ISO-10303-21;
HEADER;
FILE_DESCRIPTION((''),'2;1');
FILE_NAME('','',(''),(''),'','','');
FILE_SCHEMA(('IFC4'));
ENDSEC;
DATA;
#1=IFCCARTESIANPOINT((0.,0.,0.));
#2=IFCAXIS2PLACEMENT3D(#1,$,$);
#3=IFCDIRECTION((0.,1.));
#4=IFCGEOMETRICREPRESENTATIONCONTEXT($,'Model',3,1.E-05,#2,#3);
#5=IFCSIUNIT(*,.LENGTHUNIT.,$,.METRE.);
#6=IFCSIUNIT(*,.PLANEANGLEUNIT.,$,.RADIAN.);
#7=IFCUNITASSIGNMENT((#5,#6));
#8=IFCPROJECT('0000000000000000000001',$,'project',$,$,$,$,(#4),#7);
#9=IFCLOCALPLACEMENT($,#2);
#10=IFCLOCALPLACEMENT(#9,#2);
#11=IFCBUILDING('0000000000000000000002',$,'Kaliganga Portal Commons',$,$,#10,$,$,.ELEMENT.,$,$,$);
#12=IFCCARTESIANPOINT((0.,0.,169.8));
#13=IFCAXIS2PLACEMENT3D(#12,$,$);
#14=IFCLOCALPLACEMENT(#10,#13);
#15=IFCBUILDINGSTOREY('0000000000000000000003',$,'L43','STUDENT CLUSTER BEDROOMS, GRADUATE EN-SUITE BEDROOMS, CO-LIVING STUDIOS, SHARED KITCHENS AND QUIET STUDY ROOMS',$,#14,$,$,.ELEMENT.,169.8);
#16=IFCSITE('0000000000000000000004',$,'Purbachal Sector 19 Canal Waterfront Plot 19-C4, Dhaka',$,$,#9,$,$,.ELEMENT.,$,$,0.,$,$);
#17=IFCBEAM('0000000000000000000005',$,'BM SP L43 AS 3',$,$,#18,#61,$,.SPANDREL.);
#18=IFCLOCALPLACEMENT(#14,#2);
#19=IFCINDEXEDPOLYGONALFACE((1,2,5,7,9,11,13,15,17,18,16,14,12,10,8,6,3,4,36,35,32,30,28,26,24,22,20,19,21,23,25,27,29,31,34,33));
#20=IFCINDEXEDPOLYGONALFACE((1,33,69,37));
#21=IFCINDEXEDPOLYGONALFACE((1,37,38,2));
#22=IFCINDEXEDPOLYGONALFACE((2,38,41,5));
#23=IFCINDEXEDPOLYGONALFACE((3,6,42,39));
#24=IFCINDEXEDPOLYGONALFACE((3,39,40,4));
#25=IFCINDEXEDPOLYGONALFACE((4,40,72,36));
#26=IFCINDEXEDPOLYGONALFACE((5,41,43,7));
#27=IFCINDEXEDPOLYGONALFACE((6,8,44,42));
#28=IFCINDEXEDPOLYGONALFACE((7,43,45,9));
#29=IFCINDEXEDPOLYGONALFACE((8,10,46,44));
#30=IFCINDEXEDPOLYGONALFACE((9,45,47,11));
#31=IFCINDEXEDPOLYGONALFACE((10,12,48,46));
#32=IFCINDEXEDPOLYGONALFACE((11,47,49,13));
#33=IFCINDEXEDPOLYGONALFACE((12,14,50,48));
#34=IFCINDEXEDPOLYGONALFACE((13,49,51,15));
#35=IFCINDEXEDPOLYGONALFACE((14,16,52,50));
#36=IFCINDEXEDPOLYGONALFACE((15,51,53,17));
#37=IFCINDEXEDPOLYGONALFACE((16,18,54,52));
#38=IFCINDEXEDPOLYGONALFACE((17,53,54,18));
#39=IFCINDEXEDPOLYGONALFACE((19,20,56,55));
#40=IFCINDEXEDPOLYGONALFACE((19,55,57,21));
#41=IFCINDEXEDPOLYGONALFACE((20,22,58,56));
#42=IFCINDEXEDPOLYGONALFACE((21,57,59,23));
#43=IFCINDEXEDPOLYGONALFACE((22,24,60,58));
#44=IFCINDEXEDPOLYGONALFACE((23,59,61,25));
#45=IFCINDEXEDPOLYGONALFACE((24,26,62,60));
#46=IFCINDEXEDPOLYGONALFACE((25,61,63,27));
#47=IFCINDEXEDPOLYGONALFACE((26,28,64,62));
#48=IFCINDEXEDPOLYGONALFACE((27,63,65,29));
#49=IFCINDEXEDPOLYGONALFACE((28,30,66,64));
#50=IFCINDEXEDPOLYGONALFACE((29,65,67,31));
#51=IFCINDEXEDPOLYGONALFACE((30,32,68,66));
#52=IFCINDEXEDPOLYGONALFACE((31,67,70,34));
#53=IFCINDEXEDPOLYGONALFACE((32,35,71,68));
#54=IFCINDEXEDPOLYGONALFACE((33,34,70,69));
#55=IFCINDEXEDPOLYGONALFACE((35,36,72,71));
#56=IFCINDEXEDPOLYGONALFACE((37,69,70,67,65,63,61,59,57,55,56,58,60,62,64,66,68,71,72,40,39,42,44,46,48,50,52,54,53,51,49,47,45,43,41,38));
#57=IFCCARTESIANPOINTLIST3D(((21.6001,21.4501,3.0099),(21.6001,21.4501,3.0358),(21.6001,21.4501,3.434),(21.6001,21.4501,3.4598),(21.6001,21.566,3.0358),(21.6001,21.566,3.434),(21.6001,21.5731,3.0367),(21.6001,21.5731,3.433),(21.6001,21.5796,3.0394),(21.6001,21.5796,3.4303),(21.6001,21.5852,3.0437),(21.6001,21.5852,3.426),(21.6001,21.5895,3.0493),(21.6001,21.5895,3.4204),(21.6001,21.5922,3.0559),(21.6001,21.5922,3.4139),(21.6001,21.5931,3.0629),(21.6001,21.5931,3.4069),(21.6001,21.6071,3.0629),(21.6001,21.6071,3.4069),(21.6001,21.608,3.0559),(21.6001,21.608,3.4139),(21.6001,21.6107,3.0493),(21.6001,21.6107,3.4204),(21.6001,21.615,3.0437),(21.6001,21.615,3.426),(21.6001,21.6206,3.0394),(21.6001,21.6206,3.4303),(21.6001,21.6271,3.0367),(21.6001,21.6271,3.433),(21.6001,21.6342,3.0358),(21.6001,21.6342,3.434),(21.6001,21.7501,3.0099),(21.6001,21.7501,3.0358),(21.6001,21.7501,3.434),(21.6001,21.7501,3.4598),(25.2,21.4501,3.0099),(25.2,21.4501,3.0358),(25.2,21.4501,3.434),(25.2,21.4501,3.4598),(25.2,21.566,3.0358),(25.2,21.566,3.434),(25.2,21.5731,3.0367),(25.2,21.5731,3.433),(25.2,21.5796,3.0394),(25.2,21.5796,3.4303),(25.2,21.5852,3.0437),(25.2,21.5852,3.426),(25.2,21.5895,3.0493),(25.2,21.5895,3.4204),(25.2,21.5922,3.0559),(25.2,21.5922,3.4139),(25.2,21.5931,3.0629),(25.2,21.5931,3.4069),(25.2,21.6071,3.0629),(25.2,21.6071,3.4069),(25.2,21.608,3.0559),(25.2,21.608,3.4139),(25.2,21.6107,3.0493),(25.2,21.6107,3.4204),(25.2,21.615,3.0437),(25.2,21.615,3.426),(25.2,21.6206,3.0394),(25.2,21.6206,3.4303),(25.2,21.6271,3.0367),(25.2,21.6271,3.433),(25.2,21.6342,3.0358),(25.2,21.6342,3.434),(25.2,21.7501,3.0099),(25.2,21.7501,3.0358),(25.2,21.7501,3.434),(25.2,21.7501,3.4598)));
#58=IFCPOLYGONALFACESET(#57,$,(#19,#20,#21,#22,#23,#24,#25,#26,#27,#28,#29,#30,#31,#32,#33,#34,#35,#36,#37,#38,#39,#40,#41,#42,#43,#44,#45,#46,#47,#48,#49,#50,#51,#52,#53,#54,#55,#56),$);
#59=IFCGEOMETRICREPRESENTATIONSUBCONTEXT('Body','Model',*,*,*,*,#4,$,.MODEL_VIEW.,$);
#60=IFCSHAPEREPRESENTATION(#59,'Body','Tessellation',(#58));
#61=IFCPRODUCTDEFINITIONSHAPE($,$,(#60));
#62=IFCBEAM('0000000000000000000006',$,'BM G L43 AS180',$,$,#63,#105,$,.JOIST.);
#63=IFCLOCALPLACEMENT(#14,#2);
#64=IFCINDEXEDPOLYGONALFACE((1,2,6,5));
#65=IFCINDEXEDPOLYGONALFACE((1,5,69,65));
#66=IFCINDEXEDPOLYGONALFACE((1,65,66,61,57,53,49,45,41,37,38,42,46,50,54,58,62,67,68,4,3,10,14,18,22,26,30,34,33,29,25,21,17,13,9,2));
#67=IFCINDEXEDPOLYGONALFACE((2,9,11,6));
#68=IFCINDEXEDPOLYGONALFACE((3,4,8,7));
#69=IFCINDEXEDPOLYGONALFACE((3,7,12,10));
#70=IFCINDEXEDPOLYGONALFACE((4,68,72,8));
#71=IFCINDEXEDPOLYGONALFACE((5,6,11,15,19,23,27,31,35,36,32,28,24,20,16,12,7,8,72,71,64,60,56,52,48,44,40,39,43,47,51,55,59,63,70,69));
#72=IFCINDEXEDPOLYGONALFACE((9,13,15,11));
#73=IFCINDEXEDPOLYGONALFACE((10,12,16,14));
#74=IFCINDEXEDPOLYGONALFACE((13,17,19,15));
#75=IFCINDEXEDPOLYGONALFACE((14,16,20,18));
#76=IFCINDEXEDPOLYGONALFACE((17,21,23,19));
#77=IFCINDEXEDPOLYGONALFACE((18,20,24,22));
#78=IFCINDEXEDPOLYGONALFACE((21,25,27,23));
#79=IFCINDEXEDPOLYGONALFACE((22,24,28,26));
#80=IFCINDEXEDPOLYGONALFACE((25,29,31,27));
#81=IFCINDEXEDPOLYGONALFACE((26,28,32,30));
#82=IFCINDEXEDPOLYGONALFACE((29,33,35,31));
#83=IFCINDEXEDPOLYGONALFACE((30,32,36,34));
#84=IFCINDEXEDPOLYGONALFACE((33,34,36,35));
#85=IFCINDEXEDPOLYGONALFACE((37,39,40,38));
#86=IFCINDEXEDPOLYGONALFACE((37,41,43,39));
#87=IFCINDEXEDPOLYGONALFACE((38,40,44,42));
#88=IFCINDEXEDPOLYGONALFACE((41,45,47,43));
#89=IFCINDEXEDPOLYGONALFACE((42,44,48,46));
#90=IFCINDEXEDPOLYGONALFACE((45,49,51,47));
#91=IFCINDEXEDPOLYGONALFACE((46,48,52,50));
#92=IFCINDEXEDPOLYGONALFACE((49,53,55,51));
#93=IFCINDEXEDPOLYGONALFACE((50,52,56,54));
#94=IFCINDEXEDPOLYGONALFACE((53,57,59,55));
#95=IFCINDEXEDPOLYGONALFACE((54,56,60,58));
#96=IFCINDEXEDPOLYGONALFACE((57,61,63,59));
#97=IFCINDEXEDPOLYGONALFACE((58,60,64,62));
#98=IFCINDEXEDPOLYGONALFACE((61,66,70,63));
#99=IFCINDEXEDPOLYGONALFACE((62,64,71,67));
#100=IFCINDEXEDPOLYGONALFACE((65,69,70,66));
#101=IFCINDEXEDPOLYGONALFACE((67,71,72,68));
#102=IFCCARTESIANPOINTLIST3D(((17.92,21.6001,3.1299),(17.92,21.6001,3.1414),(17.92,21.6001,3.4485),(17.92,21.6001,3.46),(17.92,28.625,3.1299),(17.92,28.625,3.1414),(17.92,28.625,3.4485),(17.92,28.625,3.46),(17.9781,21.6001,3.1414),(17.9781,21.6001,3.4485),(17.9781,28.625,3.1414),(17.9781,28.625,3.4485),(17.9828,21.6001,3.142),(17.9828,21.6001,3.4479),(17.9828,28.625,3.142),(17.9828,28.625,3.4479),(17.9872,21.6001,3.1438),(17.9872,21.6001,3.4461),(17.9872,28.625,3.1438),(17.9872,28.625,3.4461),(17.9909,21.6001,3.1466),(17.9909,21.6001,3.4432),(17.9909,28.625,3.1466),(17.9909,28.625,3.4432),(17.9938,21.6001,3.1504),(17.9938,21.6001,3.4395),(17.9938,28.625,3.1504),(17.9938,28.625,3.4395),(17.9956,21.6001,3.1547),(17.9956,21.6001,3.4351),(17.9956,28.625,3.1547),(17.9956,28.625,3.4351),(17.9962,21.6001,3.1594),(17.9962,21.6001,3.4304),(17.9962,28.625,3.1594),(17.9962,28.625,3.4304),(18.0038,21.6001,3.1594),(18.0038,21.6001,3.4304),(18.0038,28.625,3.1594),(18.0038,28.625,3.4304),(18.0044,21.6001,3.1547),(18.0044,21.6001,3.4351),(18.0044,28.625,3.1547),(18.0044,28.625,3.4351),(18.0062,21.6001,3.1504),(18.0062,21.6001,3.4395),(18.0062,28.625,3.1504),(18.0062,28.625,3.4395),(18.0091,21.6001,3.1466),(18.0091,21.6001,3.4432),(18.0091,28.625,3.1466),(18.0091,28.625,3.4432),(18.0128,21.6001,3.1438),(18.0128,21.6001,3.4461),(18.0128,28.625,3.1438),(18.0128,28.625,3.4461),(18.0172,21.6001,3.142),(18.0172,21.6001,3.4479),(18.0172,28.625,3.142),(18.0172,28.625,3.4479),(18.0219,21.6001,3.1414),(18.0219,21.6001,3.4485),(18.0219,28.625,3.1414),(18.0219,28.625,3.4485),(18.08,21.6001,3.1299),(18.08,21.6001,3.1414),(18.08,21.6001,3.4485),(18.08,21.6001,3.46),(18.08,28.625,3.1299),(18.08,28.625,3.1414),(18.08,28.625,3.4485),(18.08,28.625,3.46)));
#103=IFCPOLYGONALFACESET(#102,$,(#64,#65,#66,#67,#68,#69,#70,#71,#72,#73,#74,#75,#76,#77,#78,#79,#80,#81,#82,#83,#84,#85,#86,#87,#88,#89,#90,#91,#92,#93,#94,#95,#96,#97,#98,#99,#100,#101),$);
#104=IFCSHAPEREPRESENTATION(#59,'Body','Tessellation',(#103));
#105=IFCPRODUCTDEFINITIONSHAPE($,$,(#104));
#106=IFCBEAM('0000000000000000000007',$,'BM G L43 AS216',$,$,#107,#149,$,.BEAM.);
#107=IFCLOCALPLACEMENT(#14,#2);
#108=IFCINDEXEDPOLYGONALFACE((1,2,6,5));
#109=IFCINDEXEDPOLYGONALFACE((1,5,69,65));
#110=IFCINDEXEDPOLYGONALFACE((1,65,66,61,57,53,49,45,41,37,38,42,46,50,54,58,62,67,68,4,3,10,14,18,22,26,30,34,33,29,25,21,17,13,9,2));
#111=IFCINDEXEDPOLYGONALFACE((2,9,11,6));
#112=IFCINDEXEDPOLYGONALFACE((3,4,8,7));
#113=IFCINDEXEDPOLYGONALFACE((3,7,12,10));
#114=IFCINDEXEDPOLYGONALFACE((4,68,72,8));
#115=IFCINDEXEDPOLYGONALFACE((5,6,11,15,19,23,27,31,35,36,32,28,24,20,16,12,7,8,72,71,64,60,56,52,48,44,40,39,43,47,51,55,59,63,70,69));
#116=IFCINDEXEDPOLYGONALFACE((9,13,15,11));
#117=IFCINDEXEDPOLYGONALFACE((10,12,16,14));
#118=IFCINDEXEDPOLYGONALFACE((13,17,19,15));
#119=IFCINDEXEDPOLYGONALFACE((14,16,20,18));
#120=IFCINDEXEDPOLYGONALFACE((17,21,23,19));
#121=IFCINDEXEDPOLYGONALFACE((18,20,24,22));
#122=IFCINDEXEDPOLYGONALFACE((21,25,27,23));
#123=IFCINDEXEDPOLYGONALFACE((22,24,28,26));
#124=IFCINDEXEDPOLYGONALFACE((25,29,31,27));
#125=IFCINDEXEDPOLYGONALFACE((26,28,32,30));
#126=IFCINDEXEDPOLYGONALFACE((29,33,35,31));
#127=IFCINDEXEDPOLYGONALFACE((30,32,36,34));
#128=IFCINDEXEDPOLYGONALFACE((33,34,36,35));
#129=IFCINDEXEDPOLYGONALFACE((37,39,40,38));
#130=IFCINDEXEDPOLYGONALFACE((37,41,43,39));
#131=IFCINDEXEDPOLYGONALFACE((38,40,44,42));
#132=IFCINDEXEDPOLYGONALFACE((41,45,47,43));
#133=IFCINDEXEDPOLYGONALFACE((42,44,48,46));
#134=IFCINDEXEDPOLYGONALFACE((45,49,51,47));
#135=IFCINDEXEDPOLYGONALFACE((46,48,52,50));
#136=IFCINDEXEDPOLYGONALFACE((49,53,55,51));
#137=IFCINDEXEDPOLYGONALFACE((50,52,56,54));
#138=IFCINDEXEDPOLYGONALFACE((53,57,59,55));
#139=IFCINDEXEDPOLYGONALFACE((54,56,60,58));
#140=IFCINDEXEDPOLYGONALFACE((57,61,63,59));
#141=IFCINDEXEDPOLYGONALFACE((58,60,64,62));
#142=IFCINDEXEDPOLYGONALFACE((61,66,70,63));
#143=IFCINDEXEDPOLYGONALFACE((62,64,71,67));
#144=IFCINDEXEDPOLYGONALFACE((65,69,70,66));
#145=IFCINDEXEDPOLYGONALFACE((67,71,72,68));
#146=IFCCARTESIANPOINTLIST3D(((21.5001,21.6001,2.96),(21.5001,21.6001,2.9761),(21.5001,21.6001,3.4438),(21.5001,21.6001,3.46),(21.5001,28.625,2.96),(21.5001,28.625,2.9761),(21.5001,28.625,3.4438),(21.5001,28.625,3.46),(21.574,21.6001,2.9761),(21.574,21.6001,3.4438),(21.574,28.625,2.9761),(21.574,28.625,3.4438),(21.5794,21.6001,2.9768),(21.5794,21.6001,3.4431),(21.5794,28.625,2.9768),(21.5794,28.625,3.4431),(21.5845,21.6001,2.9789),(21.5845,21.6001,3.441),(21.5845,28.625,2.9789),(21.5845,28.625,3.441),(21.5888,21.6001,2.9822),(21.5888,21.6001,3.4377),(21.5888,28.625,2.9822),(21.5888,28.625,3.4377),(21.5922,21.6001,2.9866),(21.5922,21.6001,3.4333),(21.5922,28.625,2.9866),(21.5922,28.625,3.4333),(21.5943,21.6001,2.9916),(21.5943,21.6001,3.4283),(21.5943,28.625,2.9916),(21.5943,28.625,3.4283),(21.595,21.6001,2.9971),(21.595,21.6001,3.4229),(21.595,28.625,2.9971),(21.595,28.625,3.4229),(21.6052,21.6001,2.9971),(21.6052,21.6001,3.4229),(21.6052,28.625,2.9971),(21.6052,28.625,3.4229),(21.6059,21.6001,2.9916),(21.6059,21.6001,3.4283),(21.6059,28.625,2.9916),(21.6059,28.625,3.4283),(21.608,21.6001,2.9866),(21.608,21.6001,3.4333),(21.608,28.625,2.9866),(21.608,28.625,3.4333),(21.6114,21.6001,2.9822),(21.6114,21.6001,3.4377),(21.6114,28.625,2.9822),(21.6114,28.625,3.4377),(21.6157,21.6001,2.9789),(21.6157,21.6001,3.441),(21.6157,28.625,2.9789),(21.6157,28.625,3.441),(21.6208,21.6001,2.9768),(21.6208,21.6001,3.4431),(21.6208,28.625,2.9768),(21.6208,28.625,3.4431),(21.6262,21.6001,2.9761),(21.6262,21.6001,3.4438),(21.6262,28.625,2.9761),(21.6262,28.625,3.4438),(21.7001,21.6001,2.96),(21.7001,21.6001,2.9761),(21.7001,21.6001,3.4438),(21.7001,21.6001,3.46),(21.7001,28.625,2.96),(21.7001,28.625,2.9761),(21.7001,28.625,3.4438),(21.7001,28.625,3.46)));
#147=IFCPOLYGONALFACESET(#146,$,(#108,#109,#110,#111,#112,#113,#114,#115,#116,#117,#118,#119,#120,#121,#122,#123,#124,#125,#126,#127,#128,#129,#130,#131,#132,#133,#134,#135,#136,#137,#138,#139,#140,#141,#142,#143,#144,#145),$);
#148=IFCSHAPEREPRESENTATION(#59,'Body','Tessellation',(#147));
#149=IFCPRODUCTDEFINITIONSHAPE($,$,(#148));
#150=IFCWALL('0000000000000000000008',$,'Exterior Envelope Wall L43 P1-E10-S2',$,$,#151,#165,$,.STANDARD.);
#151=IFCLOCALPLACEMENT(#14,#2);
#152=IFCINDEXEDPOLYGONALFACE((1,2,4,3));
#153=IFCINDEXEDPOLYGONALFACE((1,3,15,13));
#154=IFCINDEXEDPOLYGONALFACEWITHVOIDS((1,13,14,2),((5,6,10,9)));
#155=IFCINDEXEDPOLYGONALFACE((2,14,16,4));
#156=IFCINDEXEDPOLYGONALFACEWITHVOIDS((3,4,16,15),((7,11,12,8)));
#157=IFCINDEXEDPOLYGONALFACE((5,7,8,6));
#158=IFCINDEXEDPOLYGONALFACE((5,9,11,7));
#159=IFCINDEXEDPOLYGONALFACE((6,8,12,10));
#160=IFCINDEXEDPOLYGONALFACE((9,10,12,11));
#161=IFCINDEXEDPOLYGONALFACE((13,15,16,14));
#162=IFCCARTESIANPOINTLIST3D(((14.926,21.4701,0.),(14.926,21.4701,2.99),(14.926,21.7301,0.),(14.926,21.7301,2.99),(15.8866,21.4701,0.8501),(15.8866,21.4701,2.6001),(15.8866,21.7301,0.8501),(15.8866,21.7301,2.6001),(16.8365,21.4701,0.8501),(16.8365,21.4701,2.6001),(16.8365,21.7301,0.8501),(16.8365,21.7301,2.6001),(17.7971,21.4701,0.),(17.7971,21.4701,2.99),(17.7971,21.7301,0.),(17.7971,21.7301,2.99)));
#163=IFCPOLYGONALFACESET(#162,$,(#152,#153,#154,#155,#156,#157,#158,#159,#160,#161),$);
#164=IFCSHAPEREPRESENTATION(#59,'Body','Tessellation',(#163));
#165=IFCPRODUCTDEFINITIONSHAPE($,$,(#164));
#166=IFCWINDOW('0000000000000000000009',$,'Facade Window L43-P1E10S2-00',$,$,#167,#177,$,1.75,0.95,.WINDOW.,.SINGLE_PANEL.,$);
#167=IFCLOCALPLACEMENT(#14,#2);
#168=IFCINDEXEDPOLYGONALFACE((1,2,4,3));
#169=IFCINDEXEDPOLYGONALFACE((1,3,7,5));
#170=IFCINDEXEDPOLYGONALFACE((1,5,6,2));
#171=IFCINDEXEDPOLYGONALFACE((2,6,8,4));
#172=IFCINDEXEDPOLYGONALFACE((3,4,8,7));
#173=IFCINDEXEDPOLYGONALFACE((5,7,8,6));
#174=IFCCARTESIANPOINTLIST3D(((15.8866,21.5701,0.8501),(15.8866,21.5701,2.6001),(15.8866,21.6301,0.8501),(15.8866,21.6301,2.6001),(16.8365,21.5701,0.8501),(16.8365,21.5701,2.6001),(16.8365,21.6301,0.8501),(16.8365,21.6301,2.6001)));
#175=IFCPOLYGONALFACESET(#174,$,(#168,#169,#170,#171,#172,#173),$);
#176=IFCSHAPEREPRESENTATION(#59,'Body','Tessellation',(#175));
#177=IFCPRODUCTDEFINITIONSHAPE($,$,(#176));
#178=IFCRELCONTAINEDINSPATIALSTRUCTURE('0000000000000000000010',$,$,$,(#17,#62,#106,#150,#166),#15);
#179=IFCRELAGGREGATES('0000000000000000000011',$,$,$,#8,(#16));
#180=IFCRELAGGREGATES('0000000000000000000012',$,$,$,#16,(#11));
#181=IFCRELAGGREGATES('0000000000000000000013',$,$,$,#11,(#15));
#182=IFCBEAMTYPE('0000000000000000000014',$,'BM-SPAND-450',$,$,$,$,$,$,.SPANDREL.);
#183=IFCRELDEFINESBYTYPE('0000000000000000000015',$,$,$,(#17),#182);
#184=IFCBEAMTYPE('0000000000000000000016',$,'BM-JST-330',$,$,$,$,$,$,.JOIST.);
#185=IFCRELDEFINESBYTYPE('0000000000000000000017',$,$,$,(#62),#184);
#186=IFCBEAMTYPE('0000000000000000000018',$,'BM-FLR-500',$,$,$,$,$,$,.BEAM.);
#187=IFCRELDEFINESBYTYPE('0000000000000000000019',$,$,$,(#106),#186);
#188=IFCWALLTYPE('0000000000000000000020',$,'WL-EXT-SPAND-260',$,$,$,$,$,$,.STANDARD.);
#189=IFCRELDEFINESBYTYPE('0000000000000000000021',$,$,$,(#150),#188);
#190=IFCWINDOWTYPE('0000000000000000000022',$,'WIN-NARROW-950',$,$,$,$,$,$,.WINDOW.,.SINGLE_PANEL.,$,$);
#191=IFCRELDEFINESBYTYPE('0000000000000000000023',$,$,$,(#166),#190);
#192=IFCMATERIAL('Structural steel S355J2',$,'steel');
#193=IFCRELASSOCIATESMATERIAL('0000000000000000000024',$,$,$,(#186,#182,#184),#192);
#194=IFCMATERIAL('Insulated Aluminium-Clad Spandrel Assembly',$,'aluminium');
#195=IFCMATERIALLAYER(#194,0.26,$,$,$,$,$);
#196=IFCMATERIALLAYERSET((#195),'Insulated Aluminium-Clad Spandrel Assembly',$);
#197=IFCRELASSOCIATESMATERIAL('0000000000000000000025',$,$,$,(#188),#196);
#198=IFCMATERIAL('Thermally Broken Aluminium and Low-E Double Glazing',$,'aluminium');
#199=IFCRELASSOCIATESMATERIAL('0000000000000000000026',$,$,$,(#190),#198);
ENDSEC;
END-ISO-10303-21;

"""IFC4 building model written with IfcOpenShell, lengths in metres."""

from ifc_helpers import new_model, si_unit, direction, frame, frame_2d, origin, origin_2d, place, context, subcontext, project, spatial, rectangle, i_section, extrude, source, transform, mapped, material, layer, layer_set, material_profile, profile_set, type_object, element, fill, save


model = new_model("IFC4")

# Units and contexts
model_context = context("Model", 3, precision=1e-05, world=origin(), true_north=direction((0.0, 1.0)))
body_context = subcontext(model_context, "Body", "Model", "MODEL_VIEW")
ifc_project = project(units=[si_unit("LENGTHUNIT", "METRE"), si_unit("PLANEANGLEUNIT", "RADIAN")], contexts=[model_context])

# Site, building, storey
site_placement = place(None, origin())
site = spatial("IfcSite", under=ifc_project, at=site_placement, Name="Purbachal Sector 19 Canal Waterfront Plot 19-C4, Dhaka", CompositionType="ELEMENT", RefElevation=0.0)
building_placement = place(site_placement, origin())
building = spatial("IfcBuilding", under=site, at=building_placement, Name="Kaliganga Portal Commons", CompositionType="ELEMENT")
storey_placement = place(building_placement, frame((0.0, 0.0, 169.8)))
storey = spatial("IfcBuildingStorey", under=building, at=storey_placement, Name="L43", Description="STUDENT CLUSTER BEDROOMS, GRADUATE EN-SUITE BEDROOMS, CO-LIVING STUDIOS, SHARED KITCHENS AND QUIET STUDY ROOMS", CompositionType="ELEMENT", Elevation=169.8)

# Beams
ifc_material_1 = material(Name="Structural steel S355J2", Category="steel")
ifc_material_profile_1 = material_profile(ifc_material_1, i_section(OverallWidth=0.2, OverallDepth=0.5, WebThickness=0.0103, FlangeThickness=0.0161, FilletRadius=0.021, at=origin_2d()), Name="IPE 500")
ifc_profile_set_1 = profile_set([ifc_material_profile_1], Name="Structural steel S355J2 wide-flange")
beam_type_1 = type_object("IfcBeamType", Name="BM-FLR-500", PredefinedType="BEAM", material=ifc_profile_set_1)
ifc_material_profile_2 = material_profile(ifc_material_1, i_section(OverallWidth=0.3, OverallDepth=0.45, WebThickness=0.0139, FlangeThickness=0.0259, FilletRadius=0.0271, at=origin_2d()), Name="HE 450 B")
ifc_profile_set_2 = profile_set([ifc_material_profile_2], Name="Structural steel S355J2 wide-flange")
beam_type_2 = type_object("IfcBeamType", Name="BM-SPAND-450", PredefinedType="SPANDREL", material=ifc_profile_set_2)
shared_shape_1 = source(origin(), body_context, "Body", "SweptSolid", [
    extrude(i_section(OverallWidth=0.3, OverallDepth=0.45, WebThickness=0.0139, FlangeThickness=0.0259, FilletRadius=0.0271, at=origin_2d()), origin(), (0.0, 0.0, 1.0), 3.5999),
])
beam_1_placement = place(storey_placement, frame((21.6001, 21.6001, 3.2349), z_axis=(1.0, 0.0, 0.0), x_axis=(0.0, 1.0, 0.0)))
element("IfcBeam", 1, at=beam_1_placement, inside=storey, type_object=beam_type_2, Name="BM SP L43 AS 3", PredefinedType="SPANDREL", context=body_context, shape_type="MappedRepresentation", body=[
    mapped(shared_shape_1, transform((0.0, 0.0, 0.0), x_axis=(1.0, 0.0, 0.0), y_axis=(0.0, 1.0, 0.0), z_axis=(0.0, 0.0, 1.0), scale=1.0)),
])
ifc_material_profile_3 = material_profile(ifc_material_1, i_section(OverallWidth=0.1599, OverallDepth=0.3301, WebThickness=0.0076, FlangeThickness=0.0115, FilletRadius=0.0181, at=origin_2d()), Name="IPE 330")
ifc_profile_set_3 = profile_set([ifc_material_profile_3], Name="Structural steel S355J2 wide-flange")
beam_type_3 = type_object("IfcBeamType", Name="BM-JST-330", PredefinedType="JOIST", material=ifc_profile_set_3)
shared_shape_2 = source(origin(), body_context, "Body", "SweptSolid", [
    extrude(i_section(OverallWidth=0.1599, OverallDepth=0.3301, WebThickness=0.0076, FlangeThickness=0.0115, FilletRadius=0.0181, at=origin_2d()), origin(), (0.0, 0.0, 1.0), 7.0249),
])
beam_2_placement = place(storey_placement, frame((18.0, 21.6001, 3.2949), z_axis=(0.0, 1.0, 0.0), x_axis=(-1.0, 0.0, 0.0)))
element("IfcBeam", 2, at=beam_2_placement, inside=storey, type_object=beam_type_3, Name="BM G L43 AS180", PredefinedType="JOIST", context=body_context, shape_type="MappedRepresentation", body=[
    mapped(shared_shape_2, transform((0.0, 0.0, 0.0), x_axis=(1.0, 0.0, 0.0), y_axis=(0.0, 1.0, 0.0), z_axis=(0.0, 0.0, 1.0), scale=1.0)),
])
shared_shape_3 = source(origin(), body_context, "Body", "SweptSolid", [
    extrude(i_section(OverallWidth=0.2, OverallDepth=0.5, WebThickness=0.0103, FlangeThickness=0.0161, FilletRadius=0.021, at=origin_2d()), origin(), (0.0, 0.0, 1.0), 7.0249),
])
beam_3_placement = place(storey_placement, frame((21.6001, 21.6001, 3.21), z_axis=(0.0, 1.0, 0.0), x_axis=(-1.0, 0.0, 0.0)))
element("IfcBeam", 3, at=beam_3_placement, inside=storey, type_object=beam_type_1, Name="BM G L43 AS216", PredefinedType="BEAM", context=body_context, shape_type="MappedRepresentation", body=[
    mapped(shared_shape_3, transform((0.0, 0.0, 0.0), x_axis=(1.0, 0.0, 0.0), y_axis=(0.0, 1.0, 0.0), z_axis=(0.0, 0.0, 1.0), scale=1.0)),
])

# Wall, opening, window
ifc_material_2 = material(Name="Insulated Aluminium-Clad Spandrel Assembly", Category="aluminium")
ifc_layer = layer(ifc_material_2, 0.26)
ifc_layer_set = layer_set([ifc_layer], Name="Insulated Aluminium-Clad Spandrel Assembly")
wall_type = type_object("IfcWallType", Name="WL-EXT-SPAND-260", PredefinedType="STANDARD", material=ifc_layer_set)
wall_1_placement = place(storey_placement, frame((17.7971, 21.6001, 0.0), z_axis=(0.0, 0.0, 1.0), x_axis=(-1.0, 0.0, 0.0)))
wall_1 = element("IfcWall", 4, at=wall_1_placement, inside=storey, type_object=wall_type, Name="Exterior Envelope Wall L43 P1-E10-S2", PredefinedType="STANDARD", context=body_context, shape_type="SweptSolid", body=[
    extrude(rectangle(XDim=2.8711, YDim=0.26, at=frame_2d((1.4355, 0.0))), origin(), (0.0, 0.0, 1.0), 2.99),
])
opening_1_placement = place(wall_1_placement, frame((0.9604, 0.0, 0.8501)))
opening_1 = element("IfcOpeningElement", 5, at=opening_1_placement, cuts=wall_1, PredefinedType="OPENING", context=body_context, shape_type="SweptSolid", body=[
    extrude(rectangle(XDim=0.95, YDim=1.75, at=frame_2d((0.4751, 0.875))), frame((0.0, 0.1401, 0.0), z_axis=(0.0, -1.0, 0.0), x_axis=(1.0, 0.0, 0.0)), (0.0, 0.0, 1.0), 0.28),
])
ifc_material_3 = material(Name="Thermally Broken Aluminium and Low-E Double Glazing", Category="aluminium")
window_type_1 = type_object("IfcWindowType", Name="WIN-NARROW-950", PartitioningType="SINGLE_PANEL", PredefinedType="WINDOW", material=ifc_material_3)
window_1_placement = place(opening_1_placement, origin())
window_1 = element("IfcWindow", 6, at=window_1_placement, inside=storey, type_object=window_type_1, Name="Facade Window L43-P1E10S2-00", OverallHeight=1.75, OverallWidth=0.95, PartitioningType="SINGLE_PANEL", PredefinedType="WINDOW", context=body_context, shape_type="SweptSolid", body=[
    extrude(rectangle(XDim=0.95, YDim=1.75, at=frame_2d((0.4751, 0.875))), frame((0.0, 0.03, 0.0), z_axis=(0.0, -1.0, 0.0), x_axis=(1.0, 0.0, 0.0)), (0.0, 0.0, 1.0), 0.0601),
])
fill(opening_1, window_1)

save(model, "model.ifc")
